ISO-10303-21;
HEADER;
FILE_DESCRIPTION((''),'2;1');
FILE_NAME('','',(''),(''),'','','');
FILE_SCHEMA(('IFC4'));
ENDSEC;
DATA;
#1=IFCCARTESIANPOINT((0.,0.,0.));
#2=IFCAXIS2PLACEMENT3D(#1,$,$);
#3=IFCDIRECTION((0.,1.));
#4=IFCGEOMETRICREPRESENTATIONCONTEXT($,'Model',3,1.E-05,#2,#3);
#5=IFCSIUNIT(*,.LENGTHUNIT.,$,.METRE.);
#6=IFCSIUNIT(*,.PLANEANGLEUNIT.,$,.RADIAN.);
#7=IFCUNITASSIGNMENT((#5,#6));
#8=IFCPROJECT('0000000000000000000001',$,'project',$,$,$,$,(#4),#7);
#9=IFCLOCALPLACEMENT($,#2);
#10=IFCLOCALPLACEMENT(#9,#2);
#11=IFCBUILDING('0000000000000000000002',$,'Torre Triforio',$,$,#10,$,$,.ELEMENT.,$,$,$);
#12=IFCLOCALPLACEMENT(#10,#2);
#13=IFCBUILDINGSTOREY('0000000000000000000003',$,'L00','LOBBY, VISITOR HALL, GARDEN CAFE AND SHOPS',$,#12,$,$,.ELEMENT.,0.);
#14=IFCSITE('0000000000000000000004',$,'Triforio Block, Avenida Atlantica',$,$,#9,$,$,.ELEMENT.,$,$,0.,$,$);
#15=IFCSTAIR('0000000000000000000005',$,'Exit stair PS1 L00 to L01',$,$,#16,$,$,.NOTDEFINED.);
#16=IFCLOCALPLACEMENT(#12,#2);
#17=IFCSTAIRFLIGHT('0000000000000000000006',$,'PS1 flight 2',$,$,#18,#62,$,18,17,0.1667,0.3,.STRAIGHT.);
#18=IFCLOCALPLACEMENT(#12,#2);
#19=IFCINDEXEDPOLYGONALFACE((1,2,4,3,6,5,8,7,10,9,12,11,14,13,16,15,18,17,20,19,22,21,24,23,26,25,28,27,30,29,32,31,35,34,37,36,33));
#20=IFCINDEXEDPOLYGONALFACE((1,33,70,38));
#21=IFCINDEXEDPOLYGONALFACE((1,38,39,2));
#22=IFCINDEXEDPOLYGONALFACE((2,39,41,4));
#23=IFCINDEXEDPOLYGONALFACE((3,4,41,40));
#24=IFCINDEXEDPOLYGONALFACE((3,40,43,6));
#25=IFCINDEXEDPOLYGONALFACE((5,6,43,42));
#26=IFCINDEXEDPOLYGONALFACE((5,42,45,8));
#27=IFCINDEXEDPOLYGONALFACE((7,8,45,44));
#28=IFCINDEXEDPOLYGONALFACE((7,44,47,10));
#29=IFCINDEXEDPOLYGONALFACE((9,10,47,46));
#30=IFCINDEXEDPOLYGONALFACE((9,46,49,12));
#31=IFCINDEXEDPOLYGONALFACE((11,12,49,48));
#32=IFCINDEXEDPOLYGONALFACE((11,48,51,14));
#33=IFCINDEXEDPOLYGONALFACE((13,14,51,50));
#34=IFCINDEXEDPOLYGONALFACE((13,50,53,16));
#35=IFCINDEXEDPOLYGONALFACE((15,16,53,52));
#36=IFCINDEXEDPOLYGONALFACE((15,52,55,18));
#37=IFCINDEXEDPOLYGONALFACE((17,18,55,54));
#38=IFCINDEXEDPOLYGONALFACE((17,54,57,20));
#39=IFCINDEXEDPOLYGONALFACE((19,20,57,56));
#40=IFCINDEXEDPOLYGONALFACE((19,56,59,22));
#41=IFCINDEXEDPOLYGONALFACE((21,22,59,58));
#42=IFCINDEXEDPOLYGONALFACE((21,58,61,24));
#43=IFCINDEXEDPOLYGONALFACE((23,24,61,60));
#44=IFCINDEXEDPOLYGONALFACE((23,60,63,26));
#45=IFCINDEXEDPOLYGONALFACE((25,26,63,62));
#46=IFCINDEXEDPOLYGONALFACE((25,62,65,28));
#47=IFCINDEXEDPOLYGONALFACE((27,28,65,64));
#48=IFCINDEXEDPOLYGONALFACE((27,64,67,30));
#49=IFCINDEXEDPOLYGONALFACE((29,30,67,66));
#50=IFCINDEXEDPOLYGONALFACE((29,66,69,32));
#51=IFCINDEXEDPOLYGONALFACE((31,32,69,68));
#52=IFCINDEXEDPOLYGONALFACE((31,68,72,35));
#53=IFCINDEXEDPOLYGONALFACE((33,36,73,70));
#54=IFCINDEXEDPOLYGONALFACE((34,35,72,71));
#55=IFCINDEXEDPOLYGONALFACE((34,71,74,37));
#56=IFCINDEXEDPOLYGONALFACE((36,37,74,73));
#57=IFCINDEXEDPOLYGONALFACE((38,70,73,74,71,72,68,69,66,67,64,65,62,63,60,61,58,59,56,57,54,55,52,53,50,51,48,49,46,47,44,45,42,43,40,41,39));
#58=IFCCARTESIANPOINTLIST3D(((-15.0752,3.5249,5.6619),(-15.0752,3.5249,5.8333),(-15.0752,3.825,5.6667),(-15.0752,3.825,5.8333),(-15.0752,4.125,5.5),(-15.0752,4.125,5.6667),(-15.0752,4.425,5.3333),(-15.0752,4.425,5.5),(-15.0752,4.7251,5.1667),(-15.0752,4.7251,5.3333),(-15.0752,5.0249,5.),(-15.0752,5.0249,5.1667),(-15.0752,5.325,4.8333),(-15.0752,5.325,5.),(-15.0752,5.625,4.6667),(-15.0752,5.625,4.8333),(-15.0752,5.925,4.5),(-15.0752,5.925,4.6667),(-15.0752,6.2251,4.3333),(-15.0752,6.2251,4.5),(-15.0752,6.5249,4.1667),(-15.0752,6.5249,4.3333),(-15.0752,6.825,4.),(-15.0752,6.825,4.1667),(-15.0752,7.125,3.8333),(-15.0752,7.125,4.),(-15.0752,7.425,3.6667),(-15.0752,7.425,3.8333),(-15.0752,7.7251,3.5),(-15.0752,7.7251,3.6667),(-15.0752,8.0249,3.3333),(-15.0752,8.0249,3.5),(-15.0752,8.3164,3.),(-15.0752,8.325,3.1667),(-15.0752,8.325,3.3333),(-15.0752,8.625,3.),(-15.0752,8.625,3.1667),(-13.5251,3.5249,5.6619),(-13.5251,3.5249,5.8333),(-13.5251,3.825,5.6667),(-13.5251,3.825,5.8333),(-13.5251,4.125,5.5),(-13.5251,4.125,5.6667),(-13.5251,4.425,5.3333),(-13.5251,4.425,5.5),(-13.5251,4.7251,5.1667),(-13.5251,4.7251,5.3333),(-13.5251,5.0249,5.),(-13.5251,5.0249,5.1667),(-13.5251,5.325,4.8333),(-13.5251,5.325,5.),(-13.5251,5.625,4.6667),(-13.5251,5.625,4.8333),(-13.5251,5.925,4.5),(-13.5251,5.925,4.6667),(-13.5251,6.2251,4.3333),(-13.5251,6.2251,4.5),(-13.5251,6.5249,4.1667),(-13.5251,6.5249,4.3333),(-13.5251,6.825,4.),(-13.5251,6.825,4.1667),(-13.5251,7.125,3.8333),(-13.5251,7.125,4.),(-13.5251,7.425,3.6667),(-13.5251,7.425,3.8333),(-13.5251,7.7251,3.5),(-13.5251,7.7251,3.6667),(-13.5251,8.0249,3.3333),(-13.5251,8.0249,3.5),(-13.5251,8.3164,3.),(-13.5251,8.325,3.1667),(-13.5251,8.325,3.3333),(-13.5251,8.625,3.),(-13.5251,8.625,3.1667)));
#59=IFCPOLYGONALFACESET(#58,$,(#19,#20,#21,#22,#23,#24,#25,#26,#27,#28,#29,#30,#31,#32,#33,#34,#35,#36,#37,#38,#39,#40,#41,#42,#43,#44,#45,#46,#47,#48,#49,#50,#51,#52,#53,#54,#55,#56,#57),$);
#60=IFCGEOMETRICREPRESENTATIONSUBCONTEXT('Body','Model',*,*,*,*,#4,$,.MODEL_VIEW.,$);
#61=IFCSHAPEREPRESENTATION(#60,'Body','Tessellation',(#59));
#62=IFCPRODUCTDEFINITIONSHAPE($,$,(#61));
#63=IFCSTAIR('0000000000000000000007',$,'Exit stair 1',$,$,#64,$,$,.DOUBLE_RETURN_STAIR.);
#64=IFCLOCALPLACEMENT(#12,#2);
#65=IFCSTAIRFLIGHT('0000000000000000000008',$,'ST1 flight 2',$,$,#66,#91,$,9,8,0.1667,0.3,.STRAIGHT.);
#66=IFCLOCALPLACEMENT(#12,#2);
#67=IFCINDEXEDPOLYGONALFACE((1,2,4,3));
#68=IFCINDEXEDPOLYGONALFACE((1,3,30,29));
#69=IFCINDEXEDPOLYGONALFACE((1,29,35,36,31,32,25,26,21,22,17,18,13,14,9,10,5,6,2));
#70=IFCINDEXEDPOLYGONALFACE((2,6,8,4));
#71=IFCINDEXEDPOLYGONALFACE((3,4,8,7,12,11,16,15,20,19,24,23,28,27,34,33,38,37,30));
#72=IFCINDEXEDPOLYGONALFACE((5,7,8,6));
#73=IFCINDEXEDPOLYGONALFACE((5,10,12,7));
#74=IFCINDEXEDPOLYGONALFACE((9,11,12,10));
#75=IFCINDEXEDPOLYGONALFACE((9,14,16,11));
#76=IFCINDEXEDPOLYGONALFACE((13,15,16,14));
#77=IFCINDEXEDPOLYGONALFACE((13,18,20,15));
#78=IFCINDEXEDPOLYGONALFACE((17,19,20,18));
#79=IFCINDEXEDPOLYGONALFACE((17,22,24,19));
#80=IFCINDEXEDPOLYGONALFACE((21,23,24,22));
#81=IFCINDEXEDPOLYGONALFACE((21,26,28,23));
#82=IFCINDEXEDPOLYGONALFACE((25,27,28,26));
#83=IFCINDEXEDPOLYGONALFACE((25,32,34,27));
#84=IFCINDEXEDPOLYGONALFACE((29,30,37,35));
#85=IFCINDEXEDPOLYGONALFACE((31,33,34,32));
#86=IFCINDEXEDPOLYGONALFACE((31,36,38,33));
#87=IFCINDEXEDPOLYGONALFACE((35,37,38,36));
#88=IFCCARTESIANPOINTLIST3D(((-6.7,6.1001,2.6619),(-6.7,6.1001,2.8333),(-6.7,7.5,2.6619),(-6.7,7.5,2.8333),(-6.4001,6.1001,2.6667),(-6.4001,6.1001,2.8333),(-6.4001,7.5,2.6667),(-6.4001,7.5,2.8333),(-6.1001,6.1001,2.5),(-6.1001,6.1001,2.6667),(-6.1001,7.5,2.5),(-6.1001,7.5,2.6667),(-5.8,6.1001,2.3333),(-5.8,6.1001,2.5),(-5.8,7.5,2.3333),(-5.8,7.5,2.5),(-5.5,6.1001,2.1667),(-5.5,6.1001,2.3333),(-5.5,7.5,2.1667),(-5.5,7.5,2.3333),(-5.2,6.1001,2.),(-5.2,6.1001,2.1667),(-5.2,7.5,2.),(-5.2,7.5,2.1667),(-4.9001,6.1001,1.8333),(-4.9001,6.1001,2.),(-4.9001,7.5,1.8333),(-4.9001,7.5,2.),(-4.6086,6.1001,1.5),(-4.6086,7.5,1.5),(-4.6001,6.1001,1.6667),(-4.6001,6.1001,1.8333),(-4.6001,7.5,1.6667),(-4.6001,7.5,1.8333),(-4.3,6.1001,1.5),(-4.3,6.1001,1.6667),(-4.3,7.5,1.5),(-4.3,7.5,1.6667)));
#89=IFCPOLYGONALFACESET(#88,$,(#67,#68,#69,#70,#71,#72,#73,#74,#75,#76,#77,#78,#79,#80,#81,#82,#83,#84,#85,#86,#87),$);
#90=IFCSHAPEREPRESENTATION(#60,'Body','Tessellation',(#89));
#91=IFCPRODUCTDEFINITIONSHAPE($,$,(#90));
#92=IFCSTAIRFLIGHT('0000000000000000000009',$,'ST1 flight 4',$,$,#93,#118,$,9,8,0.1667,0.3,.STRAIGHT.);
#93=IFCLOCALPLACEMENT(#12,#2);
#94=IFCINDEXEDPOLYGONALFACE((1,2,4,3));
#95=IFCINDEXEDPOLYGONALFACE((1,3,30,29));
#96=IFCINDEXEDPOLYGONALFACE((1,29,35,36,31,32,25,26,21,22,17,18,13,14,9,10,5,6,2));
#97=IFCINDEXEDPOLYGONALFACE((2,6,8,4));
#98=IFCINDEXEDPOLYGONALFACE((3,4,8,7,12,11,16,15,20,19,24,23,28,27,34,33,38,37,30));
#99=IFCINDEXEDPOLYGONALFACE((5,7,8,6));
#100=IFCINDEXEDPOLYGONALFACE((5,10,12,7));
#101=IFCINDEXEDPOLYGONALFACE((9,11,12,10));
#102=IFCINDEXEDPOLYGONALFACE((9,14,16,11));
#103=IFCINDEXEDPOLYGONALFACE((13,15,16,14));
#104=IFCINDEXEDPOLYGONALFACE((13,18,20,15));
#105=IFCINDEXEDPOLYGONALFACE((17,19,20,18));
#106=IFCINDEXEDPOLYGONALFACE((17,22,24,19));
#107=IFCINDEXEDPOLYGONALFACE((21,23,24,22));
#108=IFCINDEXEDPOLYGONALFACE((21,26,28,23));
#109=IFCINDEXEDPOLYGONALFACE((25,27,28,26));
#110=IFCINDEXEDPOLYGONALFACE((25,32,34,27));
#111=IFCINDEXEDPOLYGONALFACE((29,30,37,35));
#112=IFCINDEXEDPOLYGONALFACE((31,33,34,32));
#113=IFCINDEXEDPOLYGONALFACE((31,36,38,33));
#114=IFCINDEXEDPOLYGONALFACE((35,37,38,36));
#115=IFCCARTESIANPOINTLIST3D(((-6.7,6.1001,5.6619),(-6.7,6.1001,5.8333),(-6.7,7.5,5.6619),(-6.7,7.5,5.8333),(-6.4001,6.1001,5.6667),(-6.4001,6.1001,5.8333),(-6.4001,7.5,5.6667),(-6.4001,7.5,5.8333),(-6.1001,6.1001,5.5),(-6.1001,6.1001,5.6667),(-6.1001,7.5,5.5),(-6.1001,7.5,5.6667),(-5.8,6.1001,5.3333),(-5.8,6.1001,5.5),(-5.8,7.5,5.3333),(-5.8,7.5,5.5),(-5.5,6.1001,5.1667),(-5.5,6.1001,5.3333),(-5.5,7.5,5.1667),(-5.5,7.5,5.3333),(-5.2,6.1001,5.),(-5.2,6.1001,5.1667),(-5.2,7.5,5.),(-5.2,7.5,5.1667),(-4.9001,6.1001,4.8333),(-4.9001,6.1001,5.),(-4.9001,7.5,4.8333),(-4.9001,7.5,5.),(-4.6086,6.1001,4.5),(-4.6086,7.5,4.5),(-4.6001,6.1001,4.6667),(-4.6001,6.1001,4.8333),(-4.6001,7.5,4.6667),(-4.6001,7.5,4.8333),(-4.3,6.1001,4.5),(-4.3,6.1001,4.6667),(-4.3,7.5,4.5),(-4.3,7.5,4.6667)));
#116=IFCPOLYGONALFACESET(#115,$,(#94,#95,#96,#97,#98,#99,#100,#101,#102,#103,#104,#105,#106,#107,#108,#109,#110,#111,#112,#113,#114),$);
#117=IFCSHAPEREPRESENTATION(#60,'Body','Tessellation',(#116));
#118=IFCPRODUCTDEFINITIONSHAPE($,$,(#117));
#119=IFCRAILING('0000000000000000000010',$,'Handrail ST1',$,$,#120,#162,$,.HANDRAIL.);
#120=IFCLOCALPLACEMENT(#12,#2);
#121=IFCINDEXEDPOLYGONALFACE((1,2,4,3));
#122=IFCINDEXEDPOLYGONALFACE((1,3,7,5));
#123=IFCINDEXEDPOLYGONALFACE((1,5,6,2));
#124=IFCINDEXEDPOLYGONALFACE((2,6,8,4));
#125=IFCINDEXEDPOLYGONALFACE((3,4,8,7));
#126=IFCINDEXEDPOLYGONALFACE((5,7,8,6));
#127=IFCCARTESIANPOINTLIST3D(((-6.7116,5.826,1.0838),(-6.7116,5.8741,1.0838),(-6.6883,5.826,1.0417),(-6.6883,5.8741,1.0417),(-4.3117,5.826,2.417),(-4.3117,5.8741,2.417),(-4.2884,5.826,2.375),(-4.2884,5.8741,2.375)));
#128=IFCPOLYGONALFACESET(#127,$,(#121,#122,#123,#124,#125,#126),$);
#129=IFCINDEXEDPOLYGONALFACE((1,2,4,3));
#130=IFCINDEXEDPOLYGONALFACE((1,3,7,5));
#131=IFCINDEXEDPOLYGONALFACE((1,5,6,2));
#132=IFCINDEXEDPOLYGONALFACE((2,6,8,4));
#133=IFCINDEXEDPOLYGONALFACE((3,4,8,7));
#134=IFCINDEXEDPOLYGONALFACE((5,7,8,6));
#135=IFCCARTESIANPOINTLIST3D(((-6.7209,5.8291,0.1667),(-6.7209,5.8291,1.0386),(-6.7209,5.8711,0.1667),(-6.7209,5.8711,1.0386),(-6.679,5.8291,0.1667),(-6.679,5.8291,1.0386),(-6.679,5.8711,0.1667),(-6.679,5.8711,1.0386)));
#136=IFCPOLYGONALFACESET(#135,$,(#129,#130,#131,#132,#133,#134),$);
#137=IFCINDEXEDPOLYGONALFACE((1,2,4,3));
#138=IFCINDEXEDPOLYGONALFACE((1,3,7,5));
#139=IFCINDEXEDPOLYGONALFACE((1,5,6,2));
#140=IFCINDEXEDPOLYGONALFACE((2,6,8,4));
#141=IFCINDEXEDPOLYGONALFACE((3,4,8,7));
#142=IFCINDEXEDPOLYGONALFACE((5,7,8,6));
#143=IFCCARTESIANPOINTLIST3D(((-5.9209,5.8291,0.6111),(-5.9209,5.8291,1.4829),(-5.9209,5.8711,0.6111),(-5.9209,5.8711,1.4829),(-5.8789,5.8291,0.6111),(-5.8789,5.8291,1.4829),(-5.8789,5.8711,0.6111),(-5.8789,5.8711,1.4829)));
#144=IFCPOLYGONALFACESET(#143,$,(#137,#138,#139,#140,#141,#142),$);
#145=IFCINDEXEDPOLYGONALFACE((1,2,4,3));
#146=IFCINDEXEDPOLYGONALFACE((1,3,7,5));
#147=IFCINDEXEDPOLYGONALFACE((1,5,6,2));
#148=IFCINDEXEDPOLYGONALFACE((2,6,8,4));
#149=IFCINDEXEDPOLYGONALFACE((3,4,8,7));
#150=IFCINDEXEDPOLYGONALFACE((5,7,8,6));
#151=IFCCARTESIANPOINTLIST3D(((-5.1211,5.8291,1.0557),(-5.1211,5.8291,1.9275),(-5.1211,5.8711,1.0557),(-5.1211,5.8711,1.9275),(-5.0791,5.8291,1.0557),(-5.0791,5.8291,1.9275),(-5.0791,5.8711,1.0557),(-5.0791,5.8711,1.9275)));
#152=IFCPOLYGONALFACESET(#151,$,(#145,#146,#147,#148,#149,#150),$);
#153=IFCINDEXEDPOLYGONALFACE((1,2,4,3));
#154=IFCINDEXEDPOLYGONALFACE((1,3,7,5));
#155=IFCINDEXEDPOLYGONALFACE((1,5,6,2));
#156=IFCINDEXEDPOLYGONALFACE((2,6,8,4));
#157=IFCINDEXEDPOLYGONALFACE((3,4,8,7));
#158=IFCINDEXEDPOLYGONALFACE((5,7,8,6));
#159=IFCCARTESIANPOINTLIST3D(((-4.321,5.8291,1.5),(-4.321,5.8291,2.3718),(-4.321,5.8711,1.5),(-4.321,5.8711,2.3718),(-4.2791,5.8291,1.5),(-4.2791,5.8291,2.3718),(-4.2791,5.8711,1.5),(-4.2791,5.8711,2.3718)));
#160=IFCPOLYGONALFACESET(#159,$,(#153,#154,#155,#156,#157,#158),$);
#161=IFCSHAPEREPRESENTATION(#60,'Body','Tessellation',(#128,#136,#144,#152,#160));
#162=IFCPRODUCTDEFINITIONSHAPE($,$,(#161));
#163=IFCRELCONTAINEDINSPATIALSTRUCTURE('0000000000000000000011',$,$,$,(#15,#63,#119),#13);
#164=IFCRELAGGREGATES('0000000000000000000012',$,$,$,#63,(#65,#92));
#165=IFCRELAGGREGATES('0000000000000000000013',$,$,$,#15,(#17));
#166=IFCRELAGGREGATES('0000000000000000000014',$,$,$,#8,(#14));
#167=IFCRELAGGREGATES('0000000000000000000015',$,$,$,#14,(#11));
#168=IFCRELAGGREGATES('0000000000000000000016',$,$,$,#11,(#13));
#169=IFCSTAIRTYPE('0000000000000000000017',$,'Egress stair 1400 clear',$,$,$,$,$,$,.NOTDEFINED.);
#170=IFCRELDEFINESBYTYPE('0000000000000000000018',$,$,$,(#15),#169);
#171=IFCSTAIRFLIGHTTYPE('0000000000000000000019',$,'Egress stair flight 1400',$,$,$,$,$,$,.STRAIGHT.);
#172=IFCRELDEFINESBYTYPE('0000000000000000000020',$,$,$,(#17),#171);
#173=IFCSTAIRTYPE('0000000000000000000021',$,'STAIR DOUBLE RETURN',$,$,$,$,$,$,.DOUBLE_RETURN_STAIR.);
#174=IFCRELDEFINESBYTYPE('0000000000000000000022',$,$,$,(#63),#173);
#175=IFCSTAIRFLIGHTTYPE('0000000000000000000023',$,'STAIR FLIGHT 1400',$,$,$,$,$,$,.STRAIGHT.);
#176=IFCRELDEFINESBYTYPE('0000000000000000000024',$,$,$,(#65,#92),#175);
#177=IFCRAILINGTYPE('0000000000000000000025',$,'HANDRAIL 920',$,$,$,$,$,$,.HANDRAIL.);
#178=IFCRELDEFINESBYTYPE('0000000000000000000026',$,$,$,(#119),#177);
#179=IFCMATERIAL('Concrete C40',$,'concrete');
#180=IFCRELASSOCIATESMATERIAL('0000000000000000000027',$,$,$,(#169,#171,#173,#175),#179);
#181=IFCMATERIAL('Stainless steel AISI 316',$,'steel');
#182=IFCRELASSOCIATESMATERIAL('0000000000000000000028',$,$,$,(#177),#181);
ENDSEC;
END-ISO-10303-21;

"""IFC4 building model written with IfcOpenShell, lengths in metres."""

from ifc_helpers import new_model, si_unit, direction, frame, origin, origin_2d, place, context, subcontext, project, spatial, polyline, rectangle, outline, extrude, material, type_object, element, aggregate, save


model = new_model("IFC4")

# Units and contexts
model_context = context("Model", 3, precision=1e-05, world=origin(), true_north=direction((0.0, 1.0)))
body_context = subcontext(model_context, "Body", "Model", "MODEL_VIEW")
ifc_project = project(units=[si_unit("LENGTHUNIT", "METRE"), si_unit("PLANEANGLEUNIT", "RADIAN")], contexts=[model_context])

# Site, building, storey
site_placement = place(None, origin())
site = spatial("IfcSite", under=ifc_project, at=site_placement, Name="Triforio Block, Avenida Atlantica", CompositionType="ELEMENT", RefElevation=0.0)
building_placement = place(site_placement, origin())
building = spatial("IfcBuilding", under=site, at=building_placement, Name="Torre Triforio", CompositionType="ELEMENT")
storey_placement = place(building_placement, origin())
storey = spatial("IfcBuildingStorey", under=building, at=storey_placement, Name="L00", Description="LOBBY, VISITOR HALL, GARDEN CAFE AND SHOPS", CompositionType="ELEMENT", Elevation=0.0)

# Stair, stair flight
ifc_material_1 = material(Name="Concrete C40", Category="concrete")
stair_type_1 = type_object("IfcStairType", Name="Egress stair 1400 clear", PredefinedType="NOTDEFINED", material=ifc_material_1)
stair_1_placement = place(storey_placement, origin())
stair_1 = element("IfcStair", 1, at=stair_1_placement, inside=storey, type_object=stair_type_1, Name="Exit stair PS1 L00 to L01", PredefinedType="NOTDEFINED")
stair_flight_type_1 = type_object("IfcStairFlightType", Name="Egress stair flight 1400", PredefinedType="STRAIGHT", material=ifc_material_1)
stair_flight_1_placement = place(storey_placement, frame((-14.3, 8.625, 3.0), z_axis=(0.0, 0.0, 1.0), x_axis=(0.0, -1.0, 0.0)))
stair_flight_1 = element("IfcStairFlight", 2, at=stair_flight_1_placement, type_object=stair_flight_type_1, Name="PS1 flight 2", NumberOfRisers=18, NumberOfTreads=17, PredefinedType="STRAIGHT", RiserHeight=0.1667, TreadLength=0.3, context=body_context, shape_type="SweptSolid", body=[
    extrude(outline(polyline([(0.0, 0.0), (0.0, 0.1667), (0.3, 0.1667), (0.3, 0.3333), (0.6001, 0.3333), (0.6001, 0.5), (0.8999, 0.5), (0.8999, 0.6667), (1.2, 0.6667), (1.2, 0.8333), (1.5, 0.8333), (1.5, 1.0), (1.8, 1.0), (1.8, 1.1667), (2.1001, 1.1667), (2.1001, 1.3333), (2.3999, 1.3333), (2.3999, 1.5), (2.7, 1.5), (2.7, 1.6667), (3.0, 1.6667), (3.0, 1.8333), (3.3, 1.8333), (3.3, 2.0), (3.6001, 2.0), (3.6001, 2.1667), (3.8999, 2.1667), (3.8999, 2.3333), (4.2, 2.3333), (4.2, 2.5), (4.5, 2.5), (4.5, 2.6667), (4.8, 2.6667), (4.8, 2.8333), (5.1001, 2.8333), (5.1001, 3.0), (5.1001, 2.6619), (0.3086, 0.0), (0.0, 0.0)])), frame((0.0, 0.7749, 0.0), z_axis=(0.0, -1.0, 0.0), x_axis=(1.0, 0.0, 0.0)), (0.0, 0.0, 1.0), 1.55),
])

# Stair, stair flights
stair_type_2 = type_object("IfcStairType", Name="STAIR DOUBLE RETURN", PredefinedType="DOUBLE_RETURN_STAIR", material=ifc_material_1)
stair_2_placement = place(storey_placement, origin())
stair_2 = element("IfcStair", 3, at=stair_2_placement, inside=storey, type_object=stair_type_2, Name="Exit stair 1", PredefinedType="DOUBLE_RETURN_STAIR")
stair_flight_type_2 = type_object("IfcStairFlightType", Name="STAIR FLIGHT 1400", PredefinedType="STRAIGHT", material=ifc_material_1)
stair_flight_2_placement = place(storey_placement, frame((-4.3, 6.8, 1.5), z_axis=(0.0, 0.0, 1.0), x_axis=(-1.0, 0.0, 0.0)))
stair_flight_2 = element("IfcStairFlight", 4, at=stair_flight_2_placement, type_object=stair_flight_type_2, Name="ST1 flight 2", NumberOfRisers=9, NumberOfTreads=8, PredefinedType="STRAIGHT", RiserHeight=0.1667, TreadLength=0.3, context=body_context, shape_type="SweptSolid", body=[
    extrude(outline(polyline([(0.0, 0.0), (0.0, 0.1667), (0.3, 0.1667), (0.3, 0.3333), (0.6001, 0.3333), (0.6001, 0.5), (0.8999, 0.5), (0.8999, 0.6667), (1.2, 0.6667), (1.2, 0.8333), (1.5, 0.8333), (1.5, 1.0), (1.8, 1.0), (1.8, 1.1667), (2.1001, 1.1667), (2.1001, 1.3333), (2.3999, 1.3333), (2.3999, 1.5), (2.3999, 1.1619), (0.3086, 0.0), (0.0, 0.0)])), frame((0.0, 0.7, 0.0), z_axis=(0.0, -1.0, 0.0), x_axis=(1.0, 0.0, 0.0)), (0.0, 0.0, 1.0), 1.3999),
])
stair_flight_3_placement = place(storey_placement, frame((-4.3, 6.8, 4.5), z_axis=(0.0, 0.0, 1.0), x_axis=(-1.0, 0.0, 0.0)))
stair_flight_3 = element("IfcStairFlight", 5, at=stair_flight_3_placement, type_object=stair_flight_type_2, Name="ST1 flight 4", NumberOfRisers=9, NumberOfTreads=8, PredefinedType="STRAIGHT", RiserHeight=0.1667, TreadLength=0.3, context=body_context, shape_type="SweptSolid", body=[
    extrude(outline(polyline([(0.0, 0.0), (0.0, 0.1667), (0.3, 0.1667), (0.3, 0.3333), (0.6001, 0.3333), (0.6001, 0.5), (0.8999, 0.5), (0.8999, 0.6667), (1.2, 0.6667), (1.2, 0.8333), (1.5, 0.8333), (1.5, 1.0), (1.8, 1.0), (1.8, 1.1667), (2.1001, 1.1667), (2.1001, 1.3333), (2.3999, 1.3333), (2.3999, 1.5), (2.3999, 1.1619), (0.3086, 0.0), (0.0, 0.0)])), frame((0.0, 0.7, 0.0), z_axis=(0.0, -1.0, 0.0), x_axis=(1.0, 0.0, 0.0)), (0.0, 0.0, 1.0), 1.3999),
])
aggregate(stair_2, [stair_flight_2, stair_flight_3])

# Railing
ifc_material_2 = material(Name="Stainless steel AISI 316", Category="steel")
railing_type_1 = type_object("IfcRailingType", Name="HANDRAIL 920", PredefinedType="HANDRAIL", material=ifc_material_2)
railing_1_placement = place(storey_placement, frame((-6.7, 5.8501, 0.1667)))
element("IfcRailing", 6, at=railing_1_placement, inside=storey, type_object=railing_type_1, Name="Handrail ST1", PredefinedType="HANDRAIL", context=body_context, shape_type="SweptSolid", body=[
    extrude(rectangle(XDim=0.0481, YDim=0.0481, at=origin_2d()), frame((0.0, 0.0, 0.896), z_axis=(0.874161, 0.0, 0.485635), x_axis=(0.0, 1.0, 0.0)), (0.0, 0.0, 1.0), 2.7454),
    extrude(rectangle(XDim=0.042, YDim=0.042, at=origin_2d()), origin(), (0.0, 0.0, 1.0), 0.8718),
    extrude(rectangle(XDim=0.042, YDim=0.042, at=origin_2d()), frame((0.8, 0.0, 0.4443)), (0.0, 0.0, 1.0), 0.8718),
    extrude(rectangle(XDim=0.042, YDim=0.042, at=origin_2d()), frame((1.5999, 0.0, 0.8889)), (0.0, 0.0, 1.0), 0.8718),
    extrude(rectangle(XDim=0.042, YDim=0.042, at=origin_2d()), frame((2.3999, 0.0, 1.3333)), (0.0, 0.0, 1.0), 0.8718),
])

aggregate(stair_1, [stair_flight_1])

save(model, "model.ifc")
